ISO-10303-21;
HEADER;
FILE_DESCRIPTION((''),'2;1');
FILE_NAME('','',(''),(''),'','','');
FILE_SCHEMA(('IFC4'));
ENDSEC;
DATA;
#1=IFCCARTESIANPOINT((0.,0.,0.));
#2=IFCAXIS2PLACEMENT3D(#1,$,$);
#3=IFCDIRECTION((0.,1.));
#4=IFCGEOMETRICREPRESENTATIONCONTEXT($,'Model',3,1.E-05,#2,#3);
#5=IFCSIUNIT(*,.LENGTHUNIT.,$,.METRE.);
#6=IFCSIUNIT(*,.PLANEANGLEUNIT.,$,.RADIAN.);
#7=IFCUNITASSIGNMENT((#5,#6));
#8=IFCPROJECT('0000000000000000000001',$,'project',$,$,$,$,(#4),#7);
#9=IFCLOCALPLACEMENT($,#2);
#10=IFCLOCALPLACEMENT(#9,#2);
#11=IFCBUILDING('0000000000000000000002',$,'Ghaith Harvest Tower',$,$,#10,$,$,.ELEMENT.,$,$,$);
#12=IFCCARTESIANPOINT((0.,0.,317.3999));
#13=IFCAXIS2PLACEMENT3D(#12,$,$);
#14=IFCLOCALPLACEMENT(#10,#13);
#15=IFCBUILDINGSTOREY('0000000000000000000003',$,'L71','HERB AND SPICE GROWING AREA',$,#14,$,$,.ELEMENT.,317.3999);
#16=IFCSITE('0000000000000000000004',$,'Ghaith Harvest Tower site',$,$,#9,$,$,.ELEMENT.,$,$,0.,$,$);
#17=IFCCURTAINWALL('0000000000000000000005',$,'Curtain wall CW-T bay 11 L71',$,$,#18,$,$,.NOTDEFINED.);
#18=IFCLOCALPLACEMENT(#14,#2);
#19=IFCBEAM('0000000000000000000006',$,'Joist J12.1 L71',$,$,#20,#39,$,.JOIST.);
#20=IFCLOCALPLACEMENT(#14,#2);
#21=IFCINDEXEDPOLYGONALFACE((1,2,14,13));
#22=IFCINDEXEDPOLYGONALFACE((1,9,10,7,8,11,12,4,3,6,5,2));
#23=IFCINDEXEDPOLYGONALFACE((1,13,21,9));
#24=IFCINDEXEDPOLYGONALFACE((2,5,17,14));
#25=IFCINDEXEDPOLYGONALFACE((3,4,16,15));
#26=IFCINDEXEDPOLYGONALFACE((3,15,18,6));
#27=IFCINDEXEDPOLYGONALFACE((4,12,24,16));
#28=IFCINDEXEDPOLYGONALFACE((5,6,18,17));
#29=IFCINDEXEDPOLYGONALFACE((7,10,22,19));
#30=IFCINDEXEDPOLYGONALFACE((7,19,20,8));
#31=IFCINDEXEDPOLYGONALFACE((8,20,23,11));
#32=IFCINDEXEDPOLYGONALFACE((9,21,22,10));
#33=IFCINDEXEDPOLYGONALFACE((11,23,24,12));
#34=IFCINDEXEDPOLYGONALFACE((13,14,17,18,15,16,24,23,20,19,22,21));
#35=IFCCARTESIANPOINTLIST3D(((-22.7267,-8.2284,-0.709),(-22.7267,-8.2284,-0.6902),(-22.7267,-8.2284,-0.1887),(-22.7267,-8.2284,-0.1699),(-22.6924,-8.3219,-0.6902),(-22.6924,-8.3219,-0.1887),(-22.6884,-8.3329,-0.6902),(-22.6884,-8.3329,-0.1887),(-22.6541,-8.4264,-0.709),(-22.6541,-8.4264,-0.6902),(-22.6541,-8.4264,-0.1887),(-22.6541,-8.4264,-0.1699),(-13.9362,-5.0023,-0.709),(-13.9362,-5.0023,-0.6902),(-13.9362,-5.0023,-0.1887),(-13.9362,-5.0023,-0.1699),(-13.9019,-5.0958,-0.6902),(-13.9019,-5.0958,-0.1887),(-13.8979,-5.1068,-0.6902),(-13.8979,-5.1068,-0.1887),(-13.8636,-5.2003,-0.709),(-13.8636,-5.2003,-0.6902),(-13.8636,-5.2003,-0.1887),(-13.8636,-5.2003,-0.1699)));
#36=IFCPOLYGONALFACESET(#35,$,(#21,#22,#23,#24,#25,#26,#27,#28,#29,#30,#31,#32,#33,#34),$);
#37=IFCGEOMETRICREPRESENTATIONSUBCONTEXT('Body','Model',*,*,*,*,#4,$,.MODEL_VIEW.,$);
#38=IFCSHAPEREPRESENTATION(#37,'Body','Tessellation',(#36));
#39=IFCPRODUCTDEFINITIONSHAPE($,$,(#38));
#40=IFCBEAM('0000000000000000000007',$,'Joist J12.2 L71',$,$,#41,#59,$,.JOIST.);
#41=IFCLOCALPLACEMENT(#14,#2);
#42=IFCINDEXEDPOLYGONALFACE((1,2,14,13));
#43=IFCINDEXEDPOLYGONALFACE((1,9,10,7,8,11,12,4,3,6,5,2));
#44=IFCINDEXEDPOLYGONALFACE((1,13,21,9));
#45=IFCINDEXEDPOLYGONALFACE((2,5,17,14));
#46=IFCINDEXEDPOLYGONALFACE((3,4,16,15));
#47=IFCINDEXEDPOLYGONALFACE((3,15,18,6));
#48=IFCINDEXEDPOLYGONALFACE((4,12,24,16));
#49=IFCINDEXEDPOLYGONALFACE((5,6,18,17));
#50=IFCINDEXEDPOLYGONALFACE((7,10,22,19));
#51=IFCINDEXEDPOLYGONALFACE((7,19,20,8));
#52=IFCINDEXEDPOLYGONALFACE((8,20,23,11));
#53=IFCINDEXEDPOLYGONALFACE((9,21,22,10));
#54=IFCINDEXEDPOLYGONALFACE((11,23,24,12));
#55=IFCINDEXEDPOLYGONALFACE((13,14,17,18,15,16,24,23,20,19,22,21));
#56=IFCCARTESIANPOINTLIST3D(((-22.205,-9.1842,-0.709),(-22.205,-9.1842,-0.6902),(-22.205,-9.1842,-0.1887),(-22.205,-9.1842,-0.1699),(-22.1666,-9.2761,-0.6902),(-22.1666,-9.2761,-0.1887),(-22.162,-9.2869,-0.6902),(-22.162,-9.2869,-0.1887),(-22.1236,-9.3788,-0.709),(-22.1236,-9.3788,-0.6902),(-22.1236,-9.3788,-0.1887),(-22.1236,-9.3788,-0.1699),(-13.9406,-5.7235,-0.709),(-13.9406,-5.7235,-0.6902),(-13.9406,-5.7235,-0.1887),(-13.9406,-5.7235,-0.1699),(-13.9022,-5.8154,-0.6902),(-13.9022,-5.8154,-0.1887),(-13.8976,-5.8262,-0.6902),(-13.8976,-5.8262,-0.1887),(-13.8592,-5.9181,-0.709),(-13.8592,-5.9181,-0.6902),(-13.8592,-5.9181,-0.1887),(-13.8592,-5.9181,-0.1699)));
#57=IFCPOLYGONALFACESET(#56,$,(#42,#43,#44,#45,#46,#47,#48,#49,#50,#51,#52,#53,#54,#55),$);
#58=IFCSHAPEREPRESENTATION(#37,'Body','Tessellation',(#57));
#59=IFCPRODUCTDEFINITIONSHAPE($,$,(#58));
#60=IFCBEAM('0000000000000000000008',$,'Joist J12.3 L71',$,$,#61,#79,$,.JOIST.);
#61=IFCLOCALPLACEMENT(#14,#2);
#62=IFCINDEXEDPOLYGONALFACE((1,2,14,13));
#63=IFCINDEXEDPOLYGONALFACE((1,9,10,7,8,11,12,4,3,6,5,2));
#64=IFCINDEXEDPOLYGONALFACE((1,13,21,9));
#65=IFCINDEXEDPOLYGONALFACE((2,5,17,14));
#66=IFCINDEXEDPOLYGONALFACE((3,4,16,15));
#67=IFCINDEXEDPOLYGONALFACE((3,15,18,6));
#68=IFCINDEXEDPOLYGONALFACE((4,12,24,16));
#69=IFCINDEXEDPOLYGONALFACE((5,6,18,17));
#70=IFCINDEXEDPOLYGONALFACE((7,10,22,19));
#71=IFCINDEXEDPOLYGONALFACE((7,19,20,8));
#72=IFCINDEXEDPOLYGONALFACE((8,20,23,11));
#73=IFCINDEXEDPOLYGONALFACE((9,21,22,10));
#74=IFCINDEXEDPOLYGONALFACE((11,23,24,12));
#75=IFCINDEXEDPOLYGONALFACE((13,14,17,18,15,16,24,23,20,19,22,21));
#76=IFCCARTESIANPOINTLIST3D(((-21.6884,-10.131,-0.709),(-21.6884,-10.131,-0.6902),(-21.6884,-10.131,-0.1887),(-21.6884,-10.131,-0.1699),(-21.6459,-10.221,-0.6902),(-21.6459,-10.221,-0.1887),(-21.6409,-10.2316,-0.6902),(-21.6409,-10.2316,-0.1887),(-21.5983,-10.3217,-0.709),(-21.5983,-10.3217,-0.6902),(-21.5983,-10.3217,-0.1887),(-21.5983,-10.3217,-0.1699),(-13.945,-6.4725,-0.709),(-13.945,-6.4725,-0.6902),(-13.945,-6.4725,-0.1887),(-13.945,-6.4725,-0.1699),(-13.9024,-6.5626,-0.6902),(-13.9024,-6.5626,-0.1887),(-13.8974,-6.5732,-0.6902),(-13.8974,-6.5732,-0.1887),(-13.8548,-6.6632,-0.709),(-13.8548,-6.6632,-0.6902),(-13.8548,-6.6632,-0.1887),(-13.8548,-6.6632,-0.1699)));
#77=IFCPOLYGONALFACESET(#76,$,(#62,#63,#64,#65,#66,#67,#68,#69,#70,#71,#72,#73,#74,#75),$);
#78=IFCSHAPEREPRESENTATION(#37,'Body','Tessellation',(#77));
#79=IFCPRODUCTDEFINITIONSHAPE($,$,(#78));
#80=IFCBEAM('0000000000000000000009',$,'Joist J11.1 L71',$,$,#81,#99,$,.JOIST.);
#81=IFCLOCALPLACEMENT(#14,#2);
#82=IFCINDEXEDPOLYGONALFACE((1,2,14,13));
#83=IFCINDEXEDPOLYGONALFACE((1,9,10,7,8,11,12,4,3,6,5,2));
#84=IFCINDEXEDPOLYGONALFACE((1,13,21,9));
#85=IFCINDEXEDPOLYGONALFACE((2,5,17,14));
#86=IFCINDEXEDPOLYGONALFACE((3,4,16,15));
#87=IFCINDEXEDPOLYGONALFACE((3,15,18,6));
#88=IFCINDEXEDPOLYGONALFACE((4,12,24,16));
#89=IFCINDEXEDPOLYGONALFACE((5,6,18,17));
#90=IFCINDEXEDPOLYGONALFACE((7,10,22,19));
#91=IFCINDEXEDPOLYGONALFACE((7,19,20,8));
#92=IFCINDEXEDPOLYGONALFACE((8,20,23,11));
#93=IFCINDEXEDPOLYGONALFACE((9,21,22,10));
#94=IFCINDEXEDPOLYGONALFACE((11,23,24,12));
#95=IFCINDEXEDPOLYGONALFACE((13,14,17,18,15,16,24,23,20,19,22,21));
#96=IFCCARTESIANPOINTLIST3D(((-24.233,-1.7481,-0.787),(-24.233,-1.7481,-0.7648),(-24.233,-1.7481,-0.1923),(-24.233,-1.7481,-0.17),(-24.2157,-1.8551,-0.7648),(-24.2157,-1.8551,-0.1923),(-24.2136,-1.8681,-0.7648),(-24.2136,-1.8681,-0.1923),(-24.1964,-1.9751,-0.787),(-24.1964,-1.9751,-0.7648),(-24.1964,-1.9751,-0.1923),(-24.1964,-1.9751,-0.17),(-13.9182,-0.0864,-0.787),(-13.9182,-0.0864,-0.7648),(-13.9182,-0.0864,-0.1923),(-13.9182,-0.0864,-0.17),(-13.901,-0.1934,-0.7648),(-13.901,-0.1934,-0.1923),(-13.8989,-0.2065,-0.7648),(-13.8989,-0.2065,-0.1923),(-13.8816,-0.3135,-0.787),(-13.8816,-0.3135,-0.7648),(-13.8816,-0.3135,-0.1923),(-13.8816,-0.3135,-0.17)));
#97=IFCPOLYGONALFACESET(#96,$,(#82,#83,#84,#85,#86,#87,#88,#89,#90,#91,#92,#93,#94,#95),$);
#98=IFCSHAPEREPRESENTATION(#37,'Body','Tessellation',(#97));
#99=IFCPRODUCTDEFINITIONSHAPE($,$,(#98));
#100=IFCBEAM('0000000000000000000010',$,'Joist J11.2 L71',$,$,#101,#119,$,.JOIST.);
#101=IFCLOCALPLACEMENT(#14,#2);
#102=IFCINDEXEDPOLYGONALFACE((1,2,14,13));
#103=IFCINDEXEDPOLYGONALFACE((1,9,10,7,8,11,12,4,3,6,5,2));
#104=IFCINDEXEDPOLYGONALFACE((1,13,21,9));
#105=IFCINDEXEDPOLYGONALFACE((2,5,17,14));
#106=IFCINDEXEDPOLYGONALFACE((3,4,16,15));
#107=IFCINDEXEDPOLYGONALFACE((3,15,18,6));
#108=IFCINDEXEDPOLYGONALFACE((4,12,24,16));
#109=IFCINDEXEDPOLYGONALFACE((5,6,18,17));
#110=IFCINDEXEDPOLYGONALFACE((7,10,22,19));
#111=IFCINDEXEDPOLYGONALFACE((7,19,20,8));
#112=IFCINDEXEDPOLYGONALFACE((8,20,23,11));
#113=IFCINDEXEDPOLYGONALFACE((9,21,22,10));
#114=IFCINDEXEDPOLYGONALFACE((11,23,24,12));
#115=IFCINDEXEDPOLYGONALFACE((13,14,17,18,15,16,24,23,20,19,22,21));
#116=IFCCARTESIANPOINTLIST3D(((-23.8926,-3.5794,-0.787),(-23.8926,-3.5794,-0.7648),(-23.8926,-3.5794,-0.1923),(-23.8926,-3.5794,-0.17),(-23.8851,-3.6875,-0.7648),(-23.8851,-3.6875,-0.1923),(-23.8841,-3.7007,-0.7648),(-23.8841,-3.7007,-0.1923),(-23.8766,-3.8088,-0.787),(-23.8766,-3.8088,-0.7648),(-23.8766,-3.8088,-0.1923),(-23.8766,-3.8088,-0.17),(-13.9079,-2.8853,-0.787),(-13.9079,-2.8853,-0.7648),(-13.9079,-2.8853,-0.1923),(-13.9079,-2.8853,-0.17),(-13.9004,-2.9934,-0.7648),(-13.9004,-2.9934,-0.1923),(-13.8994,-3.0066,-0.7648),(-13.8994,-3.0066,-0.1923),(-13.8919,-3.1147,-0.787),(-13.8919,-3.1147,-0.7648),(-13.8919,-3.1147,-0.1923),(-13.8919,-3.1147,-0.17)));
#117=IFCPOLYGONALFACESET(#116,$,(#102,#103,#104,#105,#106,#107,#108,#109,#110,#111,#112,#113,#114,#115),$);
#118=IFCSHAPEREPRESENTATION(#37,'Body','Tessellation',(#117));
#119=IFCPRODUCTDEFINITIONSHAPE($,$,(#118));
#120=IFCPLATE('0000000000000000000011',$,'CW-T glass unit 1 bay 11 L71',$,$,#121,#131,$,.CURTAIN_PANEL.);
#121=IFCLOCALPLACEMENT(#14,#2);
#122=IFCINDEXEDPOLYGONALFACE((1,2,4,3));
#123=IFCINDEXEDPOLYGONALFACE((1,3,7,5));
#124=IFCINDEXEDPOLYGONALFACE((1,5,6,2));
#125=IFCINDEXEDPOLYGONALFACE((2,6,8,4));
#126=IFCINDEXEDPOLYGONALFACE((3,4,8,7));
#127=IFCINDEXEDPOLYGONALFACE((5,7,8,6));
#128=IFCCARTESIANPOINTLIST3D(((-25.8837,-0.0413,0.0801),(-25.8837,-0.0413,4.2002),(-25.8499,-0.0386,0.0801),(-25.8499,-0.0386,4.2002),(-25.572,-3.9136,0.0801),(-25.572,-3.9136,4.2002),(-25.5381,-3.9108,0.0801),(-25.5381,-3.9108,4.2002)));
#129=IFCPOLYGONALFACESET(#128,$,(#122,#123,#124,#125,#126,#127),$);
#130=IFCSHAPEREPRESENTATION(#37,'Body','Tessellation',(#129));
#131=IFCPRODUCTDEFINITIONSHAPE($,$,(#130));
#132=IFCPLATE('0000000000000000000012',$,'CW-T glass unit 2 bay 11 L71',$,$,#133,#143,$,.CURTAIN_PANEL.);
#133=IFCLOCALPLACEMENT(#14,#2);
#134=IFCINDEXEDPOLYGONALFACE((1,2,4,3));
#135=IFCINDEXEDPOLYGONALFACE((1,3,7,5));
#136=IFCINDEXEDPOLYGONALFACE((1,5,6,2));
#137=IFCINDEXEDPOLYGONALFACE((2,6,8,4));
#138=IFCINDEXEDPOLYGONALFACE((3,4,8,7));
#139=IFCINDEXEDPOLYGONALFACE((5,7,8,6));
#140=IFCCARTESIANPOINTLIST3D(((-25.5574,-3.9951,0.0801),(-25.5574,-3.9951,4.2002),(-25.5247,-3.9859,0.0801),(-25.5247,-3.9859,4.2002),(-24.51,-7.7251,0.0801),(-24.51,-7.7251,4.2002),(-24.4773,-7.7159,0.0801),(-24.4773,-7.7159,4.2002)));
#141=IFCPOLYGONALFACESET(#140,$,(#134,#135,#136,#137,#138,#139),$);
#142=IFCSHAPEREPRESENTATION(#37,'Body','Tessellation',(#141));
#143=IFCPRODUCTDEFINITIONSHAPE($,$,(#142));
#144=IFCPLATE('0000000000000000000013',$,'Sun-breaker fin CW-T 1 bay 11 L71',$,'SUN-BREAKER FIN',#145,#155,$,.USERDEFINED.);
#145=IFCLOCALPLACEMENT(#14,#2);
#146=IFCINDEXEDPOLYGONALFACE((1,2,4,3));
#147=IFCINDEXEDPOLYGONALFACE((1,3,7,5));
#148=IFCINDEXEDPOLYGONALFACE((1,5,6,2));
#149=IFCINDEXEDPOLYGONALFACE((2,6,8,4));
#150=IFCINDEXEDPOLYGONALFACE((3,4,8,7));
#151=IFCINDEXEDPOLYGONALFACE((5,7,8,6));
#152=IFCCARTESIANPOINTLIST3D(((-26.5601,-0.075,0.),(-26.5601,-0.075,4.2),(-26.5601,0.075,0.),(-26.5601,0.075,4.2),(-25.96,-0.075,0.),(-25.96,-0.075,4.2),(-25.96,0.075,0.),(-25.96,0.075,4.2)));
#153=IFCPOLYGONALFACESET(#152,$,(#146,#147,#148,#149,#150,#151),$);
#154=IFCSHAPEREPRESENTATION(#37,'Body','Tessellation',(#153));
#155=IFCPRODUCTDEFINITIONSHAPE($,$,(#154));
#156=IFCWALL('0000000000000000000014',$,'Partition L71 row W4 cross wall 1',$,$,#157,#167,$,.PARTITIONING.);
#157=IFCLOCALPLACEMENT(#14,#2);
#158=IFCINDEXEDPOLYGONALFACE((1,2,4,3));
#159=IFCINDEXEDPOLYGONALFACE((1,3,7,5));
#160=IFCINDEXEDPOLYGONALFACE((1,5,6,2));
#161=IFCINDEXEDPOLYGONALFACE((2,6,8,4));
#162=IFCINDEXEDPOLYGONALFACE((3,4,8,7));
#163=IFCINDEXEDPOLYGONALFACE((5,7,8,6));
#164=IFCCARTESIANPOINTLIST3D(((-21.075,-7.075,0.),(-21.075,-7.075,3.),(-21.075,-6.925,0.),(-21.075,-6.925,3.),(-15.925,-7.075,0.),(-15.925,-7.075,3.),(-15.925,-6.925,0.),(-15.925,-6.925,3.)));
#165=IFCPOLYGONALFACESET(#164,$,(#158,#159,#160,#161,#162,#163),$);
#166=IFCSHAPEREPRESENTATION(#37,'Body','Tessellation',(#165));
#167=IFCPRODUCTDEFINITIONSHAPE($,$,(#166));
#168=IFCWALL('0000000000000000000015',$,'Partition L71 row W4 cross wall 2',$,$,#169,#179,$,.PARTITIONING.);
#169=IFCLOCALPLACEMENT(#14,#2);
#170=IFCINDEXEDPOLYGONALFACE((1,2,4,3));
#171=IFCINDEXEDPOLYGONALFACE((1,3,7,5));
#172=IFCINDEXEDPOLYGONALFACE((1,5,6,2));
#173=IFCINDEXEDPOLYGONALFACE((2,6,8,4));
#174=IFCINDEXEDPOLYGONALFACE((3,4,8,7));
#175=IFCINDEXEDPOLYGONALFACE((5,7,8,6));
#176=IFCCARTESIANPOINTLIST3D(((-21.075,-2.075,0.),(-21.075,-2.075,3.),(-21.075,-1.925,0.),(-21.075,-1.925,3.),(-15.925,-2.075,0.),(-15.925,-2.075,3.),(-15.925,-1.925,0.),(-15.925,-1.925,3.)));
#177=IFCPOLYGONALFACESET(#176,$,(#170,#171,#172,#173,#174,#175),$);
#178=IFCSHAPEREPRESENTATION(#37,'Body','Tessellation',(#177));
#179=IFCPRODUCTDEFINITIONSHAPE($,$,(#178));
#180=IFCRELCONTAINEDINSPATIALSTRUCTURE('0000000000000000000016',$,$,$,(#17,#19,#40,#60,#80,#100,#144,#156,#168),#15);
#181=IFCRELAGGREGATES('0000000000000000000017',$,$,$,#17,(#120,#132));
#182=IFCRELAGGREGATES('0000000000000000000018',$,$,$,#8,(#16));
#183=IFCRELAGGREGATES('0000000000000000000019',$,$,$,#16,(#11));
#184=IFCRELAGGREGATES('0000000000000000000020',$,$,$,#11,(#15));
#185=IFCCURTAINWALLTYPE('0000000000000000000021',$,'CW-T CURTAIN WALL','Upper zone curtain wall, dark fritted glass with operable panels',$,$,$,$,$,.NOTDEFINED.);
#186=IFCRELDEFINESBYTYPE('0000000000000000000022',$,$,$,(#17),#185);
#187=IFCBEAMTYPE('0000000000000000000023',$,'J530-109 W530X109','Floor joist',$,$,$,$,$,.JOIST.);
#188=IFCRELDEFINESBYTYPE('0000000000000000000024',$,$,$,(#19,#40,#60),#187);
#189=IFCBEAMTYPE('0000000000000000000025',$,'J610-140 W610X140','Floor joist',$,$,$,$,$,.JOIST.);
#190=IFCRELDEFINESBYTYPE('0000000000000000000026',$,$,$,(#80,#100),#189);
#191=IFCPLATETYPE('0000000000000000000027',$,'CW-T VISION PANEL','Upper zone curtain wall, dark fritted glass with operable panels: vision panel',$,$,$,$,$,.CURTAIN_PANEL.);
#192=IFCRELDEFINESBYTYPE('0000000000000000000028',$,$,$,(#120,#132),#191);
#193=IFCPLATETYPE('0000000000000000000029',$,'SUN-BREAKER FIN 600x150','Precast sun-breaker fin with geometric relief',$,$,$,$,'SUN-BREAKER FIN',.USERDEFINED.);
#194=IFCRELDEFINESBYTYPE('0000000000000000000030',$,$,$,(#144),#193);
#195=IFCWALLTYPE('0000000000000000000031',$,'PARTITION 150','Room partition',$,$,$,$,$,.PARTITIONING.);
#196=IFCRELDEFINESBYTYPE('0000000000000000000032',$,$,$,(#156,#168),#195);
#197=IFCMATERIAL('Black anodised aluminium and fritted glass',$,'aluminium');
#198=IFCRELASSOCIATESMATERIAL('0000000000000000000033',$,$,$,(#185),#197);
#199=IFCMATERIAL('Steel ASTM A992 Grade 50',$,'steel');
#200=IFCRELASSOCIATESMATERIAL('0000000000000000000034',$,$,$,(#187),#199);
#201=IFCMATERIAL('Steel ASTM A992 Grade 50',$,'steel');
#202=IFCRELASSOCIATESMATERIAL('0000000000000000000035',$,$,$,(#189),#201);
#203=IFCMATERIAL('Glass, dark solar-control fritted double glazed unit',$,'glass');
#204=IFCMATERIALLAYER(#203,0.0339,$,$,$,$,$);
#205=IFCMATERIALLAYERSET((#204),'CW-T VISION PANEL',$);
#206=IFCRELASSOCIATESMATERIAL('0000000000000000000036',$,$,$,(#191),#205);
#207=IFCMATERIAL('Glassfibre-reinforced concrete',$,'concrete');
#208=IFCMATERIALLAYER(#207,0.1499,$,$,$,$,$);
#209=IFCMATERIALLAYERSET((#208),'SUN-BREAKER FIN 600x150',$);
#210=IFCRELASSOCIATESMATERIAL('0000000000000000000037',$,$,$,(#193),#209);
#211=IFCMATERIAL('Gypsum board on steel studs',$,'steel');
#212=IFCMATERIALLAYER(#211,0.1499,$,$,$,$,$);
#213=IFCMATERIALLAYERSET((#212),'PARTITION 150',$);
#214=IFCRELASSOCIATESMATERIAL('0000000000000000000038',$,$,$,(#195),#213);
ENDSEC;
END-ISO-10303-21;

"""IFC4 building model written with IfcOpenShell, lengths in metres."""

from ifc_helpers import new_model, si_unit, direction, frame, frame_2d, origin, origin_2d, place, context, subcontext, project, spatial, rectangle, i_section, extrude, material, layer, layer_set, material_profile, profile_set, type_object, element, aggregate, save


model = new_model("IFC4")

# Units and contexts
model_context = context("Model", 3, precision=1e-05, world=origin(), true_north=direction((0.0, 1.0)))
body_context = subcontext(model_context, "Body", "Model", "MODEL_VIEW")
ifc_project = project(units=[si_unit("LENGTHUNIT", "METRE"), si_unit("PLANEANGLEUNIT", "RADIAN")], contexts=[model_context])

# Site, building, storey
site_placement = place(None, origin())
site = spatial("IfcSite", under=ifc_project, at=site_placement, Name="Ghaith Harvest Tower site", CompositionType="ELEMENT", RefElevation=0.0)
building_placement = place(site_placement, origin())
building = spatial("IfcBuilding", under=site, at=building_placement, Name="Ghaith Harvest Tower", CompositionType="ELEMENT")
storey_placement = place(building_placement, frame((0.0, 0.0, 317.3999)))
storey = spatial("IfcBuildingStorey", under=building, at=storey_placement, Name="L71", Description="HERB AND SPICE GROWING AREA", CompositionType="ELEMENT", Elevation=317.3999)

# Curtain wall
ifc_material_1 = material(Name="Black anodised aluminium and fritted glass", Category="aluminium")
curtain_wall_type = type_object("IfcCurtainWallType", Name="CW-T CURTAIN WALL", Description="Upper zone curtain wall, dark fritted glass with operable panels", PredefinedType="NOTDEFINED", material=ifc_material_1)
curtain_wall_placement = place(storey_placement, origin())
curtain_wall = element("IfcCurtainWall", 1, at=curtain_wall_placement, inside=storey, type_object=curtain_wall_type, Name="Curtain wall CW-T bay 11 L71", PredefinedType="NOTDEFINED")

# Beams
ifc_material_2 = material(Name="Steel ASTM A992 Grade 50", Category="steel")
ifc_material_profile_1 = material_profile(ifc_material_2, i_section(OverallWidth=0.2109, OverallDepth=0.5391, WebThickness=0.0117, FlangeThickness=0.0188, at=origin_2d()), Name="W530X109")
ifc_profile_set_1 = profile_set([ifc_material_profile_1], Name="Steel ASTM A992 Grade 50")
beam_type_1 = type_object("IfcBeamType", Name="J530-109 W530X109", Description="Floor joist", PredefinedType="JOIST", material=ifc_profile_set_1)
beam_1_placement = place(storey_placement, frame((-13.8999, -5.1013, -0.4395), z_axis=(-0.938777, -0.344526, 0.0), x_axis=(0.344526, -0.938777, 0.0)))
element("IfcBeam", 2, at=beam_1_placement, inside=storey, type_object=beam_type_1, Name="Joist J12.1 L71", PredefinedType="JOIST", context=body_context, shape_type="SweptSolid", body=[
    extrude(i_section(OverallWidth=0.2109, OverallDepth=0.5391, WebThickness=0.0117, FlangeThickness=0.0188, at=origin_2d()), origin(), (0.0, 0.0, 1.0), 9.3638),
])
beam_2_placement = place(storey_placement, frame((-13.8999, -5.8208, -0.4395), z_axis=(-0.922394, -0.38625, 0.0), x_axis=(0.38625, -0.922394, 0.0)))
element("IfcBeam", 3, at=beam_2_placement, inside=storey, type_object=beam_type_1, Name="Joist J12.2 L71", PredefinedType="JOIST", context=body_context, shape_type="SweptSolid", body=[
    extrude(i_section(OverallWidth=0.2109, OverallDepth=0.5391, WebThickness=0.0117, FlangeThickness=0.0188, at=origin_2d()), origin(), (0.0, 0.0, 1.0), 8.9597),
])
beam_3_placement = place(storey_placement, frame((-13.8999, -6.5679, -0.4395), z_axis=(-0.904166, -0.427182, 0.0), x_axis=(0.427182, -0.904166, 0.0)))
element("IfcBeam", 4, at=beam_3_placement, inside=storey, type_object=beam_type_1, Name="Joist J12.3 L71", PredefinedType="JOIST", context=body_context, shape_type="SweptSolid", body=[
    extrude(i_section(OverallWidth=0.2109, OverallDepth=0.5391, WebThickness=0.0117, FlangeThickness=0.0188, at=origin_2d()), origin(), (0.0, 0.0, 1.0), 8.5642),
])
ifc_material_3 = material(Name="Steel ASTM A992 Grade 50", Category="steel")
ifc_material_profile_2 = material_profile(ifc_material_3, i_section(OverallWidth=0.23, OverallDepth=0.6169, WebThickness=0.0132, FlangeThickness=0.0222, at=origin_2d()), Name="W610X140")
ifc_profile_set_2 = profile_set([ifc_material_profile_2], Name="Steel ASTM A992 Grade 50")
beam_type_2 = type_object("IfcBeamType", Name="J610-140 W610X140", Description="Floor joist", PredefinedType="JOIST", material=ifc_profile_set_2)
beam_4_placement = place(storey_placement, frame((-13.8999, -0.2, -0.4785), z_axis=(-0.987272, -0.159042, 0.0), x_axis=(0.159042, -0.987272, 0.0)))
element("IfcBeam", 5, at=beam_4_placement, inside=storey, type_object=beam_type_2, Name="Joist J11.1 L71", PredefinedType="JOIST", context=body_context, shape_type="SweptSolid", body=[
    extrude(i_section(OverallWidth=0.23, OverallDepth=0.6169, WebThickness=0.0132, FlangeThickness=0.0222, at=origin_2d()), origin(), (0.0, 0.0, 1.0), 10.4478),
])
beam_5_placement = place(storey_placement, frame((-13.8999, -3.0, -0.4785), z_axis=(-0.997592, -0.069349, 0.0), x_axis=(0.069349, -0.997592, 0.0)))
element("IfcBeam", 6, at=beam_5_placement, inside=storey, type_object=beam_type_2, Name="Joist J11.2 L71", PredefinedType="JOIST", context=body_context, shape_type="SweptSolid", body=[
    extrude(i_section(OverallWidth=0.23, OverallDepth=0.6169, WebThickness=0.0132, FlangeThickness=0.0222, at=origin_2d()), origin(), (0.0, 0.0, 1.0), 10.0088),
])

# Plates
ifc_material_4 = material(Name="Glass, dark solar-control fritted double glazed unit", Category="glass")
ifc_layer_1 = layer(ifc_material_4, 0.0339)
ifc_layer_set_1 = layer_set([ifc_layer_1], Name="CW-T VISION PANEL")
plate_type_1 = type_object("IfcPlateType", Name="CW-T VISION PANEL", Description="Upper zone curtain wall, dark fritted glass with operable panels: vision panel", PredefinedType="CURTAIN_PANEL", material=ifc_layer_set_1)
plate_1_placement = place(storey_placement, frame((-25.7109, -1.9761, 0.0801), z_axis=(0.0, 0.0, 1.0), x_axis=(0.080258, -0.996774, 0.0)))
plate_1 = element("IfcPlate", 7, at=plate_1_placement, type_object=plate_type_1, Name="CW-T glass unit 1 bay 11 L71", PredefinedType="CURTAIN_PANEL", context=body_context, shape_type="SweptSolid", body=[
    extrude(rectangle(XDim=3.8848, YDim=0.0339, at=origin_2d()), origin(), (0.0, 0.0, 1.0), 4.1201),
])
plate_2_placement = place(storey_placement, frame((-25.0173, -5.8555, 0.0801), z_axis=(0.0, 0.0, 1.0), x_axis=(0.270355, -0.962761, 0.0)))
plate_2 = element("IfcPlate", 8, at=plate_2_placement, type_object=plate_type_1, Name="CW-T glass unit 2 bay 11 L71", PredefinedType="CURTAIN_PANEL", context=body_context, shape_type="SweptSolid", body=[
    extrude(rectangle(XDim=3.8743, YDim=0.0339, at=origin_2d()), origin(), (0.0, 0.0, 1.0), 4.1201),
])
aggregate(curtain_wall, [plate_1, plate_2])
ifc_material_5 = material(Name="Glassfibre-reinforced concrete", Category="concrete")
ifc_layer_2 = layer(ifc_material_5, 0.1499)
ifc_layer_set_2 = layer_set([ifc_layer_2], Name="SUN-BREAKER FIN 600x150")
plate_type_2 = type_object("IfcPlateType", Name="SUN-BREAKER FIN 600x150", Description="Precast sun-breaker fin with geometric relief", ElementType="SUN-BREAKER FIN", PredefinedType="USERDEFINED", material=ifc_layer_set_2)
plate_3_placement = place(storey_placement, frame((-26.26, 0.0, 0.0), z_axis=(0.0, 0.0, 1.0), x_axis=(-1.0, 0.0, 0.0)))
element("IfcPlate", 9, at=plate_3_placement, inside=storey, type_object=plate_type_2, Name="Sun-breaker fin CW-T 1 bay 11 L71", ObjectType="SUN-BREAKER FIN", PredefinedType="USERDEFINED", context=body_context, shape_type="SweptSolid", body=[
    extrude(rectangle(XDim=0.6001, YDim=0.1499, at=origin_2d()), origin(), (0.0, 0.0, 1.0), 4.2),
])

# Walls
ifc_material_6 = material(Name="Gypsum board on steel studs", Category="steel")
ifc_layer_3 = layer(ifc_material_6, 0.1499)
ifc_layer_set_3 = layer_set([ifc_layer_3], Name="PARTITION 150")
wall_type = type_object("IfcWallType", Name="PARTITION 150", Description="Room partition", PredefinedType="PARTITIONING", material=ifc_layer_set_3)
for number, where, z_axis, x_axis, name in (
    (10, (-15.925, -7.0, 0.0), (0.0, 0.0, 1.0), (-1.0, 0.0, 0.0), "Partition L71 row W4 cross wall 1"),
    (11, (-15.925, -2.0, 0.0), (0.0, 0.0, 1.0), (-1.0, 0.0, 0.0), "Partition L71 row W4 cross wall 2"),
):
    element("IfcWall", number, at=place(storey_placement, frame(where, z_axis=z_axis, x_axis=x_axis)), inside=storey, type_object=wall_type, Name=name, PredefinedType="PARTITIONING", context=body_context, shape_type="SweptSolid", body=[
        extrude(rectangle(XDim=5.1499, YDim=0.1499, at=frame_2d((2.575, 0.0))), origin(), (0.0, 0.0, 1.0), 3.0),
    ])

save(model, "model.ifc")
